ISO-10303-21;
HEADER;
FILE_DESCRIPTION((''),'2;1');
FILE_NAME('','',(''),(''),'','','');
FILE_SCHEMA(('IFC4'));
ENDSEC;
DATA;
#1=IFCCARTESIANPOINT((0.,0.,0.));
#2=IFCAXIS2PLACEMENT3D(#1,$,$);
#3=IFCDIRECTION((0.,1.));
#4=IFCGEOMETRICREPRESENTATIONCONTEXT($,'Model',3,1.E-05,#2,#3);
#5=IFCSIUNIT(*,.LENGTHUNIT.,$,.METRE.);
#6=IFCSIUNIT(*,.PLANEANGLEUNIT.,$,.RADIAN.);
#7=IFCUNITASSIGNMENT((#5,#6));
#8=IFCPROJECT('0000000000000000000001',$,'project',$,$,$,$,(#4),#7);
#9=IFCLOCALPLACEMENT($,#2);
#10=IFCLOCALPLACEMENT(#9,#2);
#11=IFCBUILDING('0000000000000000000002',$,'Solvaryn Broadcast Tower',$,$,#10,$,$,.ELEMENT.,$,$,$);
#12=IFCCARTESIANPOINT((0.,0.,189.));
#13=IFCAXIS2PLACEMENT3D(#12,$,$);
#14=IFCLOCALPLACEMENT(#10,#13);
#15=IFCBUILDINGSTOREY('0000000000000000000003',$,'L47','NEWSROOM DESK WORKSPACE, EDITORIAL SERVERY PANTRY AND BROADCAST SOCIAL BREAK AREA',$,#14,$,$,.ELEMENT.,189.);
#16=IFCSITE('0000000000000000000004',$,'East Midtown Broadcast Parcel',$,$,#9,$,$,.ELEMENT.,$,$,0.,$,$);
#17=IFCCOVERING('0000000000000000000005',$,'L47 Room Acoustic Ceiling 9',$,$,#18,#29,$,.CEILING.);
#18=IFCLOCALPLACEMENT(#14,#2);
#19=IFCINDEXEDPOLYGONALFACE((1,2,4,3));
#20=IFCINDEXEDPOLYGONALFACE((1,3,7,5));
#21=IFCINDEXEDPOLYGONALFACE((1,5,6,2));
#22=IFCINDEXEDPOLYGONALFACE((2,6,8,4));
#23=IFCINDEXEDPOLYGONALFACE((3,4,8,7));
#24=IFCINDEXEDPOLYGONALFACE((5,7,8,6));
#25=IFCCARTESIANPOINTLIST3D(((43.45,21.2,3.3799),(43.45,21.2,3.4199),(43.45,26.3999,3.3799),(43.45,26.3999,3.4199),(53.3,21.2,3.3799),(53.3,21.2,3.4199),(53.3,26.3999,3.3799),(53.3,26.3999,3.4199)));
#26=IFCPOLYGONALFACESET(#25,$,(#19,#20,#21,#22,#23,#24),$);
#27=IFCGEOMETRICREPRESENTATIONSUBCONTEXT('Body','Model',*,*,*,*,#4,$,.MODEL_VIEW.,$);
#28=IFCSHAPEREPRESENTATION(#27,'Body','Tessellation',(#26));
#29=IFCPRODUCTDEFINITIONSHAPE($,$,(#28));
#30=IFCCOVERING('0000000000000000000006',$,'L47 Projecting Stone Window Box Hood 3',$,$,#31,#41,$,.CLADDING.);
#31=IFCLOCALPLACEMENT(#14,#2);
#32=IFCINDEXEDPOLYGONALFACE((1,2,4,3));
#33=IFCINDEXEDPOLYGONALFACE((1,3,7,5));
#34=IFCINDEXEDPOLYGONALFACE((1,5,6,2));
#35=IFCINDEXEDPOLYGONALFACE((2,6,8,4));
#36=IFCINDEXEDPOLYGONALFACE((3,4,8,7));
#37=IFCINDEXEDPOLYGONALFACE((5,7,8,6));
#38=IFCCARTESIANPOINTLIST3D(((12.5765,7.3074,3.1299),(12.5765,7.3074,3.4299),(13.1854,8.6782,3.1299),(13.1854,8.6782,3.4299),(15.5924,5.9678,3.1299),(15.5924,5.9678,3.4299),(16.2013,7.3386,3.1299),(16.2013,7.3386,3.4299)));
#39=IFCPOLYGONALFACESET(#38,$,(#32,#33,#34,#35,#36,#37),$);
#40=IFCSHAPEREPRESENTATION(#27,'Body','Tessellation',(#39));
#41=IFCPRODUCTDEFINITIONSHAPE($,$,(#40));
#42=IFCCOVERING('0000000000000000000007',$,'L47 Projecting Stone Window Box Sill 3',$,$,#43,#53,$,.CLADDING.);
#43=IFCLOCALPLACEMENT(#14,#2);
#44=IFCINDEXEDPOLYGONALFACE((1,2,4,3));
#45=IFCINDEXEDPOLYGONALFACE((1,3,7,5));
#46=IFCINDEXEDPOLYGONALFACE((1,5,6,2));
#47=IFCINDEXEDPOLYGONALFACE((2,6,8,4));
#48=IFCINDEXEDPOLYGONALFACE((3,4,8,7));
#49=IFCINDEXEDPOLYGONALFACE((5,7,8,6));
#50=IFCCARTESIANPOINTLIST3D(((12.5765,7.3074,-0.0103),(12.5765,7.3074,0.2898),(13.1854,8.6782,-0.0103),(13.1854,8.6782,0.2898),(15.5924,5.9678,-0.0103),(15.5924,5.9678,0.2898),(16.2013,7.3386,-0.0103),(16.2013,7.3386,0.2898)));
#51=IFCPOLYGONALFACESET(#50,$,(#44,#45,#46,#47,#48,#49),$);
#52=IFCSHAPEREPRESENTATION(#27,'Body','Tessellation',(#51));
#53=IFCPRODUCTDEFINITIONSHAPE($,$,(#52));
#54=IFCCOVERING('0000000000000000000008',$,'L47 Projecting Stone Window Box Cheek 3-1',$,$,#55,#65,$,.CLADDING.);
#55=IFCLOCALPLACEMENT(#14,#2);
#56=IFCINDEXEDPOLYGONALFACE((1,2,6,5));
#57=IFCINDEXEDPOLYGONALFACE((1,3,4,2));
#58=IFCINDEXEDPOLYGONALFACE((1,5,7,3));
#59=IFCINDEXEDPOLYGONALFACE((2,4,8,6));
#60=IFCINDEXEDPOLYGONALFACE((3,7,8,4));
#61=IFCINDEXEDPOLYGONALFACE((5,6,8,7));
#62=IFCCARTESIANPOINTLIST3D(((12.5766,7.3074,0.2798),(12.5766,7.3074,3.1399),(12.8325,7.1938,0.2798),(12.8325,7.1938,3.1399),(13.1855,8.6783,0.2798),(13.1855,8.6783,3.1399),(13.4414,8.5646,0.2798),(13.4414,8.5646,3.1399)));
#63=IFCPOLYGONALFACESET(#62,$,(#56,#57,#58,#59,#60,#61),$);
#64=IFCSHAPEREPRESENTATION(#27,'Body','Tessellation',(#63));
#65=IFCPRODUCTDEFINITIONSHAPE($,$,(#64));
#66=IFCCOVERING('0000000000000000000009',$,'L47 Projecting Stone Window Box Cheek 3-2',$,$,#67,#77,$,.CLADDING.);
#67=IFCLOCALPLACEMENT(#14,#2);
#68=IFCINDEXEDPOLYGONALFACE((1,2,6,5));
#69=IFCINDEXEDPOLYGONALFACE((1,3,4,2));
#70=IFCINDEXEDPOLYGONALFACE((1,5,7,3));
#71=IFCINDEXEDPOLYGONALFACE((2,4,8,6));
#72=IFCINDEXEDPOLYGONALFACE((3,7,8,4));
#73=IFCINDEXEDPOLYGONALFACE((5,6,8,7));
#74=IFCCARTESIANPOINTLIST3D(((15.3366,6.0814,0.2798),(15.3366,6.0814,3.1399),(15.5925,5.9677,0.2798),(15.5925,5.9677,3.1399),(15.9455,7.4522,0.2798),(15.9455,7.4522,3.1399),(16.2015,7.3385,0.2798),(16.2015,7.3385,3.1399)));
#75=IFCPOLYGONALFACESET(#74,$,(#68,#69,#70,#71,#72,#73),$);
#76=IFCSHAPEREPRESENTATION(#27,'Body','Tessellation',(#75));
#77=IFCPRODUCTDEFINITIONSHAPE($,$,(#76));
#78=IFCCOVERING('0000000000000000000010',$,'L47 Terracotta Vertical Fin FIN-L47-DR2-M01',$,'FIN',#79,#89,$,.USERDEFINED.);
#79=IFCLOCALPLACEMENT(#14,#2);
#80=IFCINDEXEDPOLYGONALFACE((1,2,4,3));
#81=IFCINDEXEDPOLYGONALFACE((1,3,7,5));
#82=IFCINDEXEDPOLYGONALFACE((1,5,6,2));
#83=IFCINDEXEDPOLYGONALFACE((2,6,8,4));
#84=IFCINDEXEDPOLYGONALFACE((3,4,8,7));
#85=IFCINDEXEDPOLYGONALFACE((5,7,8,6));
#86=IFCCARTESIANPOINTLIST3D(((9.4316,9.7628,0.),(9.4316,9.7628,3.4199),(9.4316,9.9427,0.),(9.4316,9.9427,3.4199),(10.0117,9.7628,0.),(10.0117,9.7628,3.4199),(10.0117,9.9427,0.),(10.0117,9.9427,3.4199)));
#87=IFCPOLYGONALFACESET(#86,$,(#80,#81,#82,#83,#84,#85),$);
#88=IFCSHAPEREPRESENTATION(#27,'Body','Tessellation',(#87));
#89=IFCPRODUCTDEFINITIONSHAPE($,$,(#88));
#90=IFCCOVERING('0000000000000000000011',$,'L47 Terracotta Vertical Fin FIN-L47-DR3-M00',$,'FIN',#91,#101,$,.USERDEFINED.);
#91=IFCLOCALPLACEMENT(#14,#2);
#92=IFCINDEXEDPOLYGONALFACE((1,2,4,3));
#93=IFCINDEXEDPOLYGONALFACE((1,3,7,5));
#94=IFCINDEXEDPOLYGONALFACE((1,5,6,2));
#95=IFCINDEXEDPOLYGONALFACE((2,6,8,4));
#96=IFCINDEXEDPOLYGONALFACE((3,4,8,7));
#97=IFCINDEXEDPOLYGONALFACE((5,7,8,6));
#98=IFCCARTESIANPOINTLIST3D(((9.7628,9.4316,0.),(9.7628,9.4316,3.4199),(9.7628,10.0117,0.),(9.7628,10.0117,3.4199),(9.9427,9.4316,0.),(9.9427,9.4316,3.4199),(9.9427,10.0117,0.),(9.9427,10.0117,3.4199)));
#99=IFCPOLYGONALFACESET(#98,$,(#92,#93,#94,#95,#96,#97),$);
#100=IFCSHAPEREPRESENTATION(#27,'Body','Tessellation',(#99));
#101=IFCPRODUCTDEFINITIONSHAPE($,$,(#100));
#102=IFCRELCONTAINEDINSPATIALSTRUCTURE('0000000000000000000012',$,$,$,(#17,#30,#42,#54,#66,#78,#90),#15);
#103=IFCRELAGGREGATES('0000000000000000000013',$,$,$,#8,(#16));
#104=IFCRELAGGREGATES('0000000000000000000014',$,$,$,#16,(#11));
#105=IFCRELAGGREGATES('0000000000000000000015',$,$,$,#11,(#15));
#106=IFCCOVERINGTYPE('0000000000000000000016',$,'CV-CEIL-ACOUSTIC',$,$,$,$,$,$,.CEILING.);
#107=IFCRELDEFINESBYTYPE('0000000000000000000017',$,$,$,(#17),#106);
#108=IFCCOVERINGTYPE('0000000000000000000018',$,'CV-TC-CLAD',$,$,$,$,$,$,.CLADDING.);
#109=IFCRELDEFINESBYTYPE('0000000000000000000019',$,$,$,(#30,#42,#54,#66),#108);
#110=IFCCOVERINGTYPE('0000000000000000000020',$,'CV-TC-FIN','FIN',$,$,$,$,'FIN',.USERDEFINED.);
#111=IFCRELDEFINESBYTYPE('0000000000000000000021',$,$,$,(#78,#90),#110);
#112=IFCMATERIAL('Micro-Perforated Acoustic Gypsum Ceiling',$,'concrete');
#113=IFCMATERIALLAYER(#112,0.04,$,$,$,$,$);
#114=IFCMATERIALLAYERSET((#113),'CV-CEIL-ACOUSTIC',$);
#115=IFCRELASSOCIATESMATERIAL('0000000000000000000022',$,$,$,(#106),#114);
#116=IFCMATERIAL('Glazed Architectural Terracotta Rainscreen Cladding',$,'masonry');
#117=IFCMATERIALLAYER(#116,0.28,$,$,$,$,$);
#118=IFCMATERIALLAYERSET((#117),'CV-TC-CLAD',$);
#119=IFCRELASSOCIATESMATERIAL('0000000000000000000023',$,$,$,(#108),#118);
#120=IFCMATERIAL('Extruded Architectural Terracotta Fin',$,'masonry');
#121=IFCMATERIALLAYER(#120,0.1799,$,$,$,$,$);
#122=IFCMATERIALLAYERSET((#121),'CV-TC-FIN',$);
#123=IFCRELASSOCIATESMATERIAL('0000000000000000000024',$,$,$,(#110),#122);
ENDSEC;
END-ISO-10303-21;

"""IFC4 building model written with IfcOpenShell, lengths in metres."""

from ifc_helpers import new_model, si_unit, direction, frame, origin, origin_2d, place, context, subcontext, project, spatial, polyline, rectangle, outline, extrude, material, layer, layer_set, type_object, element, save


model = new_model("IFC4")

# Units and contexts
model_context = context("Model", 3, precision=1e-05, world=origin(), true_north=direction((0.0, 1.0)))
body_context = subcontext(model_context, "Body", "Model", "MODEL_VIEW")
ifc_project = project(units=[si_unit("LENGTHUNIT", "METRE"), si_unit("PLANEANGLEUNIT", "RADIAN")], contexts=[model_context])

# Site, building, storey
site_placement = place(None, origin())
site = spatial("IfcSite", under=ifc_project, at=site_placement, Name="East Midtown Broadcast Parcel", CompositionType="ELEMENT", RefElevation=0.0)
building_placement = place(site_placement, origin())
building = spatial("IfcBuilding", under=site, at=building_placement, Name="Solvaryn Broadcast Tower", CompositionType="ELEMENT")
storey_placement = place(building_placement, frame((0.0, 0.0, 189.0)))
storey = spatial("IfcBuildingStorey", under=building, at=storey_placement, Name="L47", Description="NEWSROOM DESK WORKSPACE, EDITORIAL SERVERY PANTRY AND BROADCAST SOCIAL BREAK AREA", CompositionType="ELEMENT", Elevation=189.0)

# Coverings
ifc_material_1 = material(Name="Micro-Perforated Acoustic Gypsum Ceiling", Category="concrete")
ifc_layer_1 = layer(ifc_material_1, 0.04)
ifc_layer_set_1 = layer_set([ifc_layer_1], Name="CV-CEIL-ACOUSTIC")
covering_type_1 = type_object("IfcCoveringType", Name="CV-CEIL-ACOUSTIC", PredefinedType="CEILING", material=ifc_layer_set_1)
covering_1_placement = place(storey_placement, frame((0.0, 0.0, 3.3799)))
element("IfcCovering", 1, at=covering_1_placement, inside=storey, type_object=covering_type_1, Name="L47 Room Acoustic Ceiling 9", PredefinedType="CEILING", context=body_context, shape_type="SweptSolid", body=[
    extrude(outline(polyline([(43.45, 21.2), (53.3, 21.2), (53.3, 26.3999), (43.45, 26.3999), (43.45, 21.2)])), origin(), (0.0, 0.0, 1.0), 0.04),
])
ifc_material_2 = material(Name="Glazed Architectural Terracotta Rainscreen Cladding", Category="masonry")
ifc_layer_2 = layer(ifc_material_2, 0.28)
ifc_layer_set_2 = layer_set([ifc_layer_2], Name="CV-TC-CLAD")
covering_type_2 = type_object("IfcCoveringType", Name="CV-TC-CLAD", PredefinedType="CLADDING", material=ifc_layer_set_2)
for number, where, z_axis, x_axis, name in (
    (2, (14.3889, 7.323, 3.1299), (0.0, 0.0, 1.0), (0.9139, -0.405939, 0.0), "L47 Projecting Stone Window Box Hood 3"),
    (3, (14.3889, 7.323, -0.0103), (0.0, 0.0, 1.0), (0.9139, -0.405939, 0.0), "L47 Projecting Stone Window Box Sill 3"),
):
    element("IfcCovering", number, at=place(storey_placement, frame(where, z_axis=z_axis, x_axis=x_axis)), inside=storey, type_object=covering_type_2, Name=name, PredefinedType="CLADDING", context=body_context, shape_type="SweptSolid", body=[
        extrude(rectangle(XDim=3.3, YDim=1.5, at=origin_2d()), origin(), (0.0, 0.0, 1.0), 0.3),
    ])
for number, where, z_axis, x_axis, name in (
    (4, (13.009, 7.936, 0.2798), (0.0, 0.0, 1.0), (0.9139, -0.405939, 0.0), "L47 Projecting Stone Window Box Cheek 3-1"),
    (5, (15.769, 6.71, 0.2798), (0.0, 0.0, 1.0), (0.9139, -0.405939, 0.0), "L47 Projecting Stone Window Box Cheek 3-2"),
):
    element("IfcCovering", number, at=place(storey_placement, frame(where, z_axis=z_axis, x_axis=x_axis)), inside=storey, type_object=covering_type_2, Name=name, PredefinedType="CLADDING", context=body_context, shape_type="SweptSolid", body=[
        extrude(rectangle(XDim=0.28, YDim=1.5, at=origin_2d()), origin(), (0.0, 0.0, 1.0), 2.8601),
    ])
ifc_material_3 = material(Name="Extruded Architectural Terracotta Fin", Category="masonry")
ifc_layer_3 = layer(ifc_material_3, 0.1799)
ifc_layer_set_3 = layer_set([ifc_layer_3], Name="CV-TC-FIN")
covering_type_3 = type_object("IfcCoveringType", Name="CV-TC-FIN", Description="FIN", ElementType="FIN", PredefinedType="USERDEFINED", material=ifc_layer_set_3)
covering_2_placement = place(storey_placement, frame((9.7217, 9.8528, 0.0), z_axis=(0.0, 0.0, 1.0), x_axis=(1.0, 0.0, 0.0)))
element("IfcCovering", 6, at=covering_2_placement, inside=storey, type_object=covering_type_3, Name="L47 Terracotta Vertical Fin FIN-L47-DR2-M01", ObjectType="FIN", PredefinedType="USERDEFINED", context=body_context, shape_type="SweptSolid", body=[
    extrude(rectangle(XDim=0.5801, YDim=0.1799, at=origin_2d()), origin(), (0.0, 0.0, 1.0), 3.4199),
])
covering_3_placement = place(storey_placement, frame((9.8528, 9.7217, 0.0), z_axis=(0.0, 0.0, 1.0), x_axis=(1.0, 0.0, 0.0)))
element("IfcCovering", 7, at=covering_3_placement, inside=storey, type_object=covering_type_3, Name="L47 Terracotta Vertical Fin FIN-L47-DR3-M00", ObjectType="FIN", PredefinedType="USERDEFINED", context=body_context, shape_type="SweptSolid", body=[
    extrude(rectangle(XDim=0.1799, YDim=0.5801, at=origin_2d()), origin(), (0.0, 0.0, 1.0), 3.4199),
])

save(model, "model.ifc")
